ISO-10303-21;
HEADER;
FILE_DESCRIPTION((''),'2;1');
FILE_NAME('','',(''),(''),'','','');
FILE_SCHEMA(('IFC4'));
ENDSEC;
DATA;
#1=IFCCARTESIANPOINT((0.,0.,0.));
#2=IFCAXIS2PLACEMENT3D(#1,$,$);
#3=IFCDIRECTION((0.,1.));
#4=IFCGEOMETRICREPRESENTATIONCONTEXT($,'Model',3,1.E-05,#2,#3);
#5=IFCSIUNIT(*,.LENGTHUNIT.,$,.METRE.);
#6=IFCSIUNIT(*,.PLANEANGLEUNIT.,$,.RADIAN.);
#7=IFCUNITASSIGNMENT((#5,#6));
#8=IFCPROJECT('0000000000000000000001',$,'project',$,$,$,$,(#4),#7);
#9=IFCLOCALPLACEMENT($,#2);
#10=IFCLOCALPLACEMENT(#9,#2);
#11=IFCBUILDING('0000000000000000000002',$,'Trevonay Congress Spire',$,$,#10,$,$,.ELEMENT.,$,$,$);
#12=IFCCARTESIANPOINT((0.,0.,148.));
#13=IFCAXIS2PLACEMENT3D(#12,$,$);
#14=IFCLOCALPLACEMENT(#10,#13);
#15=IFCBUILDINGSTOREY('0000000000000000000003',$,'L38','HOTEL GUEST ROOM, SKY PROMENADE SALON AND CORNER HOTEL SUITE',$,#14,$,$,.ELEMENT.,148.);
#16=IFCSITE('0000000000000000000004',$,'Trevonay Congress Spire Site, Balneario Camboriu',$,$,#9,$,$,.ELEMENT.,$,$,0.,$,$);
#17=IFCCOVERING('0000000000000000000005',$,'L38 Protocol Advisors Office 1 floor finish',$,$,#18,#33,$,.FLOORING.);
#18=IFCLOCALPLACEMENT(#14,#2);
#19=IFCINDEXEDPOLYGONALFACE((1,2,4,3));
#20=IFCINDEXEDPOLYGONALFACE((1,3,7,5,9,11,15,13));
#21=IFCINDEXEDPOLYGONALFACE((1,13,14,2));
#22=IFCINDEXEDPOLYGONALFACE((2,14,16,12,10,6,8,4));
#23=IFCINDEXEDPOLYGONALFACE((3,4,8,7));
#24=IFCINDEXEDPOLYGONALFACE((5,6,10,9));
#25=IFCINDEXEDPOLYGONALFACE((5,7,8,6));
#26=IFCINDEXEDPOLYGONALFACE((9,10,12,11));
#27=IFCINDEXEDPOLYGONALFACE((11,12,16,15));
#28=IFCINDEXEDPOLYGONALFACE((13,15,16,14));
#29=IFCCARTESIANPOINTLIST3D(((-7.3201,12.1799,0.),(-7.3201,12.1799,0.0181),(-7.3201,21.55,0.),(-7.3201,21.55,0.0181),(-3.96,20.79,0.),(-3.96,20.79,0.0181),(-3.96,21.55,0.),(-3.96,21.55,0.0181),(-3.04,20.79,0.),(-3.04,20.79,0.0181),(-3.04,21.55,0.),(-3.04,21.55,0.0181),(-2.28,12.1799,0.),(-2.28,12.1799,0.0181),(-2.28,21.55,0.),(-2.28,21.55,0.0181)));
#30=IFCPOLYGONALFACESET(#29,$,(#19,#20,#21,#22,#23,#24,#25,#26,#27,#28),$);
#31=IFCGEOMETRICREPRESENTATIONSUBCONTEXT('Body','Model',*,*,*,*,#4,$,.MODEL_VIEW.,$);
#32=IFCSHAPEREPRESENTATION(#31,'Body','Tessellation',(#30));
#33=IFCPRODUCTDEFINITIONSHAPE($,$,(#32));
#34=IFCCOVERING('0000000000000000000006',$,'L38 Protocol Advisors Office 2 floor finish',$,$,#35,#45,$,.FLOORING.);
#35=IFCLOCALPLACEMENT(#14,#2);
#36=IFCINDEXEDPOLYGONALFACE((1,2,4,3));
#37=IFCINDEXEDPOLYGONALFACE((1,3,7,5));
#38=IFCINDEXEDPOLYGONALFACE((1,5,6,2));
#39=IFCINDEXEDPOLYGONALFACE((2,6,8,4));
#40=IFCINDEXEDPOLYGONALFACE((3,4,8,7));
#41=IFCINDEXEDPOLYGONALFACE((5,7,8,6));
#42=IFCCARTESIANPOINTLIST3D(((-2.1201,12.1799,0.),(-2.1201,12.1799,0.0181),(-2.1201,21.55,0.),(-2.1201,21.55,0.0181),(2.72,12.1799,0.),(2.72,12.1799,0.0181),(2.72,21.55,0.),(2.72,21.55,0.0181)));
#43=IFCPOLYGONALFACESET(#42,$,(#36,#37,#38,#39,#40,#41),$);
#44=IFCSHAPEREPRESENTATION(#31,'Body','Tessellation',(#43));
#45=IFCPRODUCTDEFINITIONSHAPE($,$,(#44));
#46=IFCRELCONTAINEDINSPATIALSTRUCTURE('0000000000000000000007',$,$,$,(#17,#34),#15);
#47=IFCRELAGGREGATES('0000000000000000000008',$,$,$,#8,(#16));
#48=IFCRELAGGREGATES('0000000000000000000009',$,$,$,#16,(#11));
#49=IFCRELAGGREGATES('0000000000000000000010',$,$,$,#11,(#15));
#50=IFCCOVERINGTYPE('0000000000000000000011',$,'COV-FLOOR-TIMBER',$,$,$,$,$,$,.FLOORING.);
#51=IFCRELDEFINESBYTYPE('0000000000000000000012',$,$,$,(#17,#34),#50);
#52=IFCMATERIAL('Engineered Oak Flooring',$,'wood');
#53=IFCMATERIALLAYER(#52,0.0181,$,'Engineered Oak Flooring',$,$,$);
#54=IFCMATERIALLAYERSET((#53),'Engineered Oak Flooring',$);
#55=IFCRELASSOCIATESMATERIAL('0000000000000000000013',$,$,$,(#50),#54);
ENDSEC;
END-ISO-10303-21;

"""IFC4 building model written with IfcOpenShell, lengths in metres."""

from ifc_helpers import new_model, si_unit, direction, frame, origin, place, context, subcontext, project, spatial, polyline, outline, extrude, material, layer, layer_set, type_object, element, save


model = new_model("IFC4")

# Units and contexts
model_context = context("Model", 3, precision=1e-05, world=origin(), true_north=direction((0.0, 1.0)))
body_context = subcontext(model_context, "Body", "Model", "MODEL_VIEW")
ifc_project = project(units=[si_unit("LENGTHUNIT", "METRE"), si_unit("PLANEANGLEUNIT", "RADIAN")], contexts=[model_context])

# Site, building, storey
site_placement = place(None, origin())
site = spatial("IfcSite", under=ifc_project, at=site_placement, Name="Trevonay Congress Spire Site, Balneario Camboriu", CompositionType="ELEMENT", RefElevation=0.0)
building_placement = place(site_placement, origin())
building = spatial("IfcBuilding", under=site, at=building_placement, Name="Trevonay Congress Spire", CompositionType="ELEMENT")
storey_placement = place(building_placement, frame((0.0, 0.0, 148.0)))
storey = spatial("IfcBuildingStorey", under=building, at=storey_placement, Name="L38", Description="HOTEL GUEST ROOM, SKY PROMENADE SALON AND CORNER HOTEL SUITE", CompositionType="ELEMENT", Elevation=148.0)

# Coverings
ifc_material_1 = material(Name="Engineered Oak Flooring", Category="wood")
ifc_layer_1 = layer(ifc_material_1, 0.0181, Name="Engineered Oak Flooring")
ifc_layer_set_1 = layer_set([ifc_layer_1], Name="Engineered Oak Flooring")
covering_type_1 = type_object("IfcCoveringType", Name="COV-FLOOR-TIMBER", PredefinedType="FLOORING", material=ifc_layer_set_1)
covering_1_placement = place(storey_placement, origin())
element("IfcCovering", 1, at=covering_1_placement, inside=storey, type_object=covering_type_1, Name="L38 Protocol Advisors Office 1 floor finish", PredefinedType="FLOORING", context=body_context, shape_type="SweptSolid", body=[
    extrude(outline(polyline([(-2.28, 21.55), (-2.28, 12.1799), (-7.3201, 12.1799), (-7.3201, 21.55), (-3.96, 21.55), (-3.96, 20.79), (-3.04, 20.79), (-3.04, 21.55), (-2.28, 21.55)])), origin(), (0.0, 0.0, 1.0), 0.0181),
])
covering_2_placement = place(storey_placement, origin())
element("IfcCovering", 2, at=covering_2_placement, inside=storey, type_object=covering_type_1, Name="L38 Protocol Advisors Office 2 floor finish", PredefinedType="FLOORING", context=body_context, shape_type="SweptSolid", body=[
    extrude(outline(polyline([(-2.1201, 12.1799), (2.72, 12.1799), (2.72, 21.55), (-2.1201, 21.55), (-2.1201, 12.1799)])), origin(), (0.0, 0.0, 1.0), 0.0181),
])

save(model, "model.ifc")
